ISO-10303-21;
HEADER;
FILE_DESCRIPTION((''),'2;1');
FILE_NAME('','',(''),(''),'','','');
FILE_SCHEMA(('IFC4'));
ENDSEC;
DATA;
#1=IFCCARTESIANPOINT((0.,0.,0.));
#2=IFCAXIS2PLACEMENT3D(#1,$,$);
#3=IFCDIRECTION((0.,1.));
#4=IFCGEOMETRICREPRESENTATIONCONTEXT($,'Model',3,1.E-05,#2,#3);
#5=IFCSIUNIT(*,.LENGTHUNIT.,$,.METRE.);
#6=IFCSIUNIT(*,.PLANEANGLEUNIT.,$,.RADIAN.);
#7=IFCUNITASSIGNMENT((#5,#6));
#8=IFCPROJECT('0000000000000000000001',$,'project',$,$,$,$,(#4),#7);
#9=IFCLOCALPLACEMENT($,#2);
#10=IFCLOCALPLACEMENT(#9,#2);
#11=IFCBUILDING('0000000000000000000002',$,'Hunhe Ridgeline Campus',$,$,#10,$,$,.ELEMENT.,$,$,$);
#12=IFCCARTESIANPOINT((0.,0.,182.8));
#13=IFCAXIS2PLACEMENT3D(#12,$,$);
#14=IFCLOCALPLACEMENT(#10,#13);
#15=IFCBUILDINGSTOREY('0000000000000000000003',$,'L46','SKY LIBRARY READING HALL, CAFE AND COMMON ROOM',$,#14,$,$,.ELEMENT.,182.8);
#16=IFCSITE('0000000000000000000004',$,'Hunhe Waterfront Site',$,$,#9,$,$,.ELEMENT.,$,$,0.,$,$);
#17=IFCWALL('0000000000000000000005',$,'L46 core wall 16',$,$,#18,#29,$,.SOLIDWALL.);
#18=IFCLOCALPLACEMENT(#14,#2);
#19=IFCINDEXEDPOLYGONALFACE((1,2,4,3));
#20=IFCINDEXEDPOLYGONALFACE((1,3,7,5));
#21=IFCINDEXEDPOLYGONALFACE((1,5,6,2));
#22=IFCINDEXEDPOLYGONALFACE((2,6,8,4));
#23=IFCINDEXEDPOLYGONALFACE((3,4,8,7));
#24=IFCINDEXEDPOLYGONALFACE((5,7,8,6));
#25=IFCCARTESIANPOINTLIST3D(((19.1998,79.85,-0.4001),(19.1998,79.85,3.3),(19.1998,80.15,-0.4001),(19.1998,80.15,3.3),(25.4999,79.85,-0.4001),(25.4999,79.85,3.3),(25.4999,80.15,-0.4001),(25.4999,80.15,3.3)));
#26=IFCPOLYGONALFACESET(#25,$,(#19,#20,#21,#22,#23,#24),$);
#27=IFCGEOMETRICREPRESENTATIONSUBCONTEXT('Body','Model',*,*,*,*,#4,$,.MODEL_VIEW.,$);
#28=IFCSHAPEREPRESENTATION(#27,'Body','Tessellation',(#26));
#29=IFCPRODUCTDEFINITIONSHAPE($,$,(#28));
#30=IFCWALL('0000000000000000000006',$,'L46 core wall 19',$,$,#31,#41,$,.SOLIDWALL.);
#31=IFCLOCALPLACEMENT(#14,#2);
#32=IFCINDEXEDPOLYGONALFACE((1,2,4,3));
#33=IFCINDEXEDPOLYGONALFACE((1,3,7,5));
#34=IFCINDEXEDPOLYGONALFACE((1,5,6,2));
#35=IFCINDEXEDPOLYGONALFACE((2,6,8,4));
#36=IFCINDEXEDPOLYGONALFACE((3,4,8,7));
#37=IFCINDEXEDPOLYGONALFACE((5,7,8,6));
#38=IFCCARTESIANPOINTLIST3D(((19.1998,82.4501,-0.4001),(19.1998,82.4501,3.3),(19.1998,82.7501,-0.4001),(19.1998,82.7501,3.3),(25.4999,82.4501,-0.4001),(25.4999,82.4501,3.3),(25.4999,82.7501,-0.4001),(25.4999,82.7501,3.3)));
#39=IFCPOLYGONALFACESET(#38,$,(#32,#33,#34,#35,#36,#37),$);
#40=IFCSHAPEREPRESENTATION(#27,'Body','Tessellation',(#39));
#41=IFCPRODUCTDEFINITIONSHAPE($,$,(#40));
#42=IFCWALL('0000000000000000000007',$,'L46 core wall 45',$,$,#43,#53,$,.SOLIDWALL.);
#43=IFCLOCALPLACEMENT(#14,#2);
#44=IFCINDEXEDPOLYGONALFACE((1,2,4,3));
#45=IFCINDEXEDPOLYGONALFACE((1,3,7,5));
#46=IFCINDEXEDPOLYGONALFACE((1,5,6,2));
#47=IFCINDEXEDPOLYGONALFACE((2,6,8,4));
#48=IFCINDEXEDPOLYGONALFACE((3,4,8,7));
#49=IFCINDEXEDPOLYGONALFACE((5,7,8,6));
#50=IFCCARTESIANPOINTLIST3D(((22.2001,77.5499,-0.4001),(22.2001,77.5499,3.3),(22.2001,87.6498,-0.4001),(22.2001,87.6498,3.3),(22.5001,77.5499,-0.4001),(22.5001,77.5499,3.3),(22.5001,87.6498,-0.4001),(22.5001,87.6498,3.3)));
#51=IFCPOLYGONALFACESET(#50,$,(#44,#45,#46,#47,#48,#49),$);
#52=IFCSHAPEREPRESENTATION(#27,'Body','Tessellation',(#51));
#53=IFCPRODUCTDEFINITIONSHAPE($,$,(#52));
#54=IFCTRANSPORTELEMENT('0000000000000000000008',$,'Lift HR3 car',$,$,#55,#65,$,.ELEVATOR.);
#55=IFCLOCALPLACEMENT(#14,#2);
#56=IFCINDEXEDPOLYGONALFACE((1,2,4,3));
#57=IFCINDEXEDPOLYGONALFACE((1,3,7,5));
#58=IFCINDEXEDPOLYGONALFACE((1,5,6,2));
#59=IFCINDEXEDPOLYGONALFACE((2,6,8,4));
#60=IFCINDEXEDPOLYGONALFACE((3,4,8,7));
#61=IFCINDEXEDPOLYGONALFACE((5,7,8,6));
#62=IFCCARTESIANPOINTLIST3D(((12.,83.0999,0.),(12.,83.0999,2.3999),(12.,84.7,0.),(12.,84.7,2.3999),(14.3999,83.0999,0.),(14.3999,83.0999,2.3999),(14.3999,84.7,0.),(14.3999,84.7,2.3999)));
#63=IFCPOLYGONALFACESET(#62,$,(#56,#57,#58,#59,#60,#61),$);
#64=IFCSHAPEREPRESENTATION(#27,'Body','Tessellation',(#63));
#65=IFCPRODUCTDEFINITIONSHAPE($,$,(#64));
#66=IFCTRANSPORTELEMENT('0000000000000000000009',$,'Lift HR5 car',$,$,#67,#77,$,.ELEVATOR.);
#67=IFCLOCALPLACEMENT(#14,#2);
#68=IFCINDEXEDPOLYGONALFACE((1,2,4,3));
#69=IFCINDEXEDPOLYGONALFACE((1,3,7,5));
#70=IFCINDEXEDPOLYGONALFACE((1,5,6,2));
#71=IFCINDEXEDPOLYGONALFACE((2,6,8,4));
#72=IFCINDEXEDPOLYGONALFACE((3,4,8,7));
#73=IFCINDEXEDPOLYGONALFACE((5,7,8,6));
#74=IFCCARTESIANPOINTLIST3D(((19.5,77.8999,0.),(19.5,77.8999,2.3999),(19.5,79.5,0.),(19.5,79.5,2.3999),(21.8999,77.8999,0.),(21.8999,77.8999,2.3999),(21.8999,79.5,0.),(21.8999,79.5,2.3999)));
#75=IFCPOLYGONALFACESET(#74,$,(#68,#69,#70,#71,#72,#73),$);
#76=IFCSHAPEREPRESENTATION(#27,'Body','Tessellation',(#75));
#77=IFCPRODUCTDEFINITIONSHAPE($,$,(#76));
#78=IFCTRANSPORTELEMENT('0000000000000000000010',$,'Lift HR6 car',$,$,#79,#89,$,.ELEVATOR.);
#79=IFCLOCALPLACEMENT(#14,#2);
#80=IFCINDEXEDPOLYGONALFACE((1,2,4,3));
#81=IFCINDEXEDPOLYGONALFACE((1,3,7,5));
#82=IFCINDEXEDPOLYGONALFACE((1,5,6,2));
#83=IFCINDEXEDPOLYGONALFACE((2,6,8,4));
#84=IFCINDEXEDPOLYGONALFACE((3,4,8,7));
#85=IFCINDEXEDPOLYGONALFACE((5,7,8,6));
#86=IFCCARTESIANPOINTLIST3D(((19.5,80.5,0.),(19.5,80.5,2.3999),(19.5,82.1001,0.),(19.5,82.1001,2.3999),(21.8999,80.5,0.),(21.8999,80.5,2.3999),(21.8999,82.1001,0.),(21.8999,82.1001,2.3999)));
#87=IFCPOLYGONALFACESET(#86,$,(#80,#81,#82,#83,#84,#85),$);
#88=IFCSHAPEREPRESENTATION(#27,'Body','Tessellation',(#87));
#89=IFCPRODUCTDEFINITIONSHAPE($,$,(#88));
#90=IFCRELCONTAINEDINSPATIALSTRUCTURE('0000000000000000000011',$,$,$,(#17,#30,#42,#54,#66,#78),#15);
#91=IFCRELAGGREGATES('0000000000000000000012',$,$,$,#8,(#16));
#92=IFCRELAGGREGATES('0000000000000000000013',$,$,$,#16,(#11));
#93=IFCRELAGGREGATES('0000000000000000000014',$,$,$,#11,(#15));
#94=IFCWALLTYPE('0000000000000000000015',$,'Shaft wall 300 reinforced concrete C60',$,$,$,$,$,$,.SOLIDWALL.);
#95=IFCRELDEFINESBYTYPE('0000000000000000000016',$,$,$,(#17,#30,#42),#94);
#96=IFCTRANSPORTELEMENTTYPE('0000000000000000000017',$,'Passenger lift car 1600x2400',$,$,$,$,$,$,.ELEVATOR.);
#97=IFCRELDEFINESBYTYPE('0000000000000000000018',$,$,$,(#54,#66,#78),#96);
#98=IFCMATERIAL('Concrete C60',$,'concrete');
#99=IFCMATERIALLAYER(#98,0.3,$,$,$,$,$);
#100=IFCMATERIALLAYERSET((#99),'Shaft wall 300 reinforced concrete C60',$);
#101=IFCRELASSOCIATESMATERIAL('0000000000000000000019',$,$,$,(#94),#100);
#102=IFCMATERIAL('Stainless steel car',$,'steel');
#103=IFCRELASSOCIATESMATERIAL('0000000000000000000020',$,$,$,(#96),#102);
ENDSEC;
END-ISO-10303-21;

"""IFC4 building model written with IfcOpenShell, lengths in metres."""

from ifc_helpers import new_model, si_unit, direction, frame, frame_2d, origin, origin_2d, place, context, subcontext, project, spatial, rectangle, extrude, material, layer, layer_set, type_object, element, save


model = new_model("IFC4")

# Units and contexts
model_context = context("Model", 3, precision=1e-05, world=origin(), true_north=direction((0.0, 1.0)))
body_context = subcontext(model_context, "Body", "Model", "MODEL_VIEW")
ifc_project = project(units=[si_unit("LENGTHUNIT", "METRE"), si_unit("PLANEANGLEUNIT", "RADIAN")], contexts=[model_context])

# Site, building, storey
site_placement = place(None, origin())
site = spatial("IfcSite", under=ifc_project, at=site_placement, Name="Hunhe Waterfront Site", CompositionType="ELEMENT", RefElevation=0.0)
building_placement = place(site_placement, origin())
building = spatial("IfcBuilding", under=site, at=building_placement, Name="Hunhe Ridgeline Campus", CompositionType="ELEMENT")
storey_placement = place(building_placement, frame((0.0, 0.0, 182.8)))
storey = spatial("IfcBuildingStorey", under=building, at=storey_placement, Name="L46", Description="SKY LIBRARY READING HALL, CAFE AND COMMON ROOM", CompositionType="ELEMENT", Elevation=182.8)

# Walls
ifc_material_1 = material(Name="Concrete C60", Category="concrete")
ifc_layer_1 = layer(ifc_material_1, 0.3)
ifc_layer_set_1 = layer_set([ifc_layer_1], Name="Shaft wall 300 reinforced concrete C60")
wall_type_1 = type_object("IfcWallType", Name="Shaft wall 300 reinforced concrete C60", PredefinedType="SOLIDWALL", material=ifc_layer_set_1)
for number, where, z_axis, x_axis, name in (
    (1, (19.2, 80.0, -0.4001), (0.0, 0.0, 1.0), (1.0, 0.0, 0.0), "L46 core wall 16"),
    (2, (19.2, 82.6001, -0.4001), (0.0, 0.0, 1.0), (1.0, 0.0, 0.0), "L46 core wall 19"),
):
    element("IfcWall", number, at=place(storey_placement, frame(where, z_axis=z_axis, x_axis=x_axis)), inside=storey, type_object=wall_type_1, Name=name, PredefinedType="SOLIDWALL", context=body_context, shape_type="SweptSolid", body=[
        extrude(rectangle(XDim=6.3, YDim=0.3, at=frame_2d((3.1499, 0.0))), origin(), (0.0, 0.0, 1.0), 3.7002),
    ])

# Wall
wall_1_placement = place(storey_placement, frame((22.3501, 77.55, -0.4001), z_axis=(0.0, 0.0, 1.0), x_axis=(0.0, 1.0, 0.0)))
element("IfcWall", 3, at=wall_1_placement, inside=storey, type_object=wall_type_1, Name="L46 core wall 45", PredefinedType="SOLIDWALL", context=body_context, shape_type="SweptSolid", body=[
    extrude(rectangle(XDim=10.0999, YDim=0.3, at=frame_2d((5.0498, 0.0))), origin(), (0.0, 0.0, 1.0), 3.7002),
])

# Transport elements
ifc_material_2 = material(Name="Stainless steel car", Category="steel")
transport_element_type = type_object("IfcTransportElementType", Name="Passenger lift car 1600x2400", PredefinedType="ELEVATOR", material=ifc_material_2)
for number, where, z_axis, x_axis, name in (
    (4, (13.2, 83.8999, 0.0), (0.0, 0.0, 1.0), (1.0, 0.0, 0.0), "Lift HR3 car"),
    (5, (20.7, 78.7, 0.0), (0.0, 0.0, 1.0), (1.0, 0.0, 0.0), "Lift HR5 car"),
    (6, (20.7, 81.3, 0.0), (0.0, 0.0, 1.0), (1.0, 0.0, 0.0), "Lift HR6 car"),
):
    element("IfcTransportElement", number, at=place(storey_placement, frame(where, z_axis=z_axis, x_axis=x_axis)), inside=storey, type_object=transport_element_type, Name=name, PredefinedType="ELEVATOR", context=body_context, shape_type="SweptSolid", body=[
        extrude(rectangle(XDim=2.3999, YDim=1.6001, at=origin_2d()), origin(), (0.0, 0.0, 1.0), 2.3999),
    ])

save(model, "model.ifc")
